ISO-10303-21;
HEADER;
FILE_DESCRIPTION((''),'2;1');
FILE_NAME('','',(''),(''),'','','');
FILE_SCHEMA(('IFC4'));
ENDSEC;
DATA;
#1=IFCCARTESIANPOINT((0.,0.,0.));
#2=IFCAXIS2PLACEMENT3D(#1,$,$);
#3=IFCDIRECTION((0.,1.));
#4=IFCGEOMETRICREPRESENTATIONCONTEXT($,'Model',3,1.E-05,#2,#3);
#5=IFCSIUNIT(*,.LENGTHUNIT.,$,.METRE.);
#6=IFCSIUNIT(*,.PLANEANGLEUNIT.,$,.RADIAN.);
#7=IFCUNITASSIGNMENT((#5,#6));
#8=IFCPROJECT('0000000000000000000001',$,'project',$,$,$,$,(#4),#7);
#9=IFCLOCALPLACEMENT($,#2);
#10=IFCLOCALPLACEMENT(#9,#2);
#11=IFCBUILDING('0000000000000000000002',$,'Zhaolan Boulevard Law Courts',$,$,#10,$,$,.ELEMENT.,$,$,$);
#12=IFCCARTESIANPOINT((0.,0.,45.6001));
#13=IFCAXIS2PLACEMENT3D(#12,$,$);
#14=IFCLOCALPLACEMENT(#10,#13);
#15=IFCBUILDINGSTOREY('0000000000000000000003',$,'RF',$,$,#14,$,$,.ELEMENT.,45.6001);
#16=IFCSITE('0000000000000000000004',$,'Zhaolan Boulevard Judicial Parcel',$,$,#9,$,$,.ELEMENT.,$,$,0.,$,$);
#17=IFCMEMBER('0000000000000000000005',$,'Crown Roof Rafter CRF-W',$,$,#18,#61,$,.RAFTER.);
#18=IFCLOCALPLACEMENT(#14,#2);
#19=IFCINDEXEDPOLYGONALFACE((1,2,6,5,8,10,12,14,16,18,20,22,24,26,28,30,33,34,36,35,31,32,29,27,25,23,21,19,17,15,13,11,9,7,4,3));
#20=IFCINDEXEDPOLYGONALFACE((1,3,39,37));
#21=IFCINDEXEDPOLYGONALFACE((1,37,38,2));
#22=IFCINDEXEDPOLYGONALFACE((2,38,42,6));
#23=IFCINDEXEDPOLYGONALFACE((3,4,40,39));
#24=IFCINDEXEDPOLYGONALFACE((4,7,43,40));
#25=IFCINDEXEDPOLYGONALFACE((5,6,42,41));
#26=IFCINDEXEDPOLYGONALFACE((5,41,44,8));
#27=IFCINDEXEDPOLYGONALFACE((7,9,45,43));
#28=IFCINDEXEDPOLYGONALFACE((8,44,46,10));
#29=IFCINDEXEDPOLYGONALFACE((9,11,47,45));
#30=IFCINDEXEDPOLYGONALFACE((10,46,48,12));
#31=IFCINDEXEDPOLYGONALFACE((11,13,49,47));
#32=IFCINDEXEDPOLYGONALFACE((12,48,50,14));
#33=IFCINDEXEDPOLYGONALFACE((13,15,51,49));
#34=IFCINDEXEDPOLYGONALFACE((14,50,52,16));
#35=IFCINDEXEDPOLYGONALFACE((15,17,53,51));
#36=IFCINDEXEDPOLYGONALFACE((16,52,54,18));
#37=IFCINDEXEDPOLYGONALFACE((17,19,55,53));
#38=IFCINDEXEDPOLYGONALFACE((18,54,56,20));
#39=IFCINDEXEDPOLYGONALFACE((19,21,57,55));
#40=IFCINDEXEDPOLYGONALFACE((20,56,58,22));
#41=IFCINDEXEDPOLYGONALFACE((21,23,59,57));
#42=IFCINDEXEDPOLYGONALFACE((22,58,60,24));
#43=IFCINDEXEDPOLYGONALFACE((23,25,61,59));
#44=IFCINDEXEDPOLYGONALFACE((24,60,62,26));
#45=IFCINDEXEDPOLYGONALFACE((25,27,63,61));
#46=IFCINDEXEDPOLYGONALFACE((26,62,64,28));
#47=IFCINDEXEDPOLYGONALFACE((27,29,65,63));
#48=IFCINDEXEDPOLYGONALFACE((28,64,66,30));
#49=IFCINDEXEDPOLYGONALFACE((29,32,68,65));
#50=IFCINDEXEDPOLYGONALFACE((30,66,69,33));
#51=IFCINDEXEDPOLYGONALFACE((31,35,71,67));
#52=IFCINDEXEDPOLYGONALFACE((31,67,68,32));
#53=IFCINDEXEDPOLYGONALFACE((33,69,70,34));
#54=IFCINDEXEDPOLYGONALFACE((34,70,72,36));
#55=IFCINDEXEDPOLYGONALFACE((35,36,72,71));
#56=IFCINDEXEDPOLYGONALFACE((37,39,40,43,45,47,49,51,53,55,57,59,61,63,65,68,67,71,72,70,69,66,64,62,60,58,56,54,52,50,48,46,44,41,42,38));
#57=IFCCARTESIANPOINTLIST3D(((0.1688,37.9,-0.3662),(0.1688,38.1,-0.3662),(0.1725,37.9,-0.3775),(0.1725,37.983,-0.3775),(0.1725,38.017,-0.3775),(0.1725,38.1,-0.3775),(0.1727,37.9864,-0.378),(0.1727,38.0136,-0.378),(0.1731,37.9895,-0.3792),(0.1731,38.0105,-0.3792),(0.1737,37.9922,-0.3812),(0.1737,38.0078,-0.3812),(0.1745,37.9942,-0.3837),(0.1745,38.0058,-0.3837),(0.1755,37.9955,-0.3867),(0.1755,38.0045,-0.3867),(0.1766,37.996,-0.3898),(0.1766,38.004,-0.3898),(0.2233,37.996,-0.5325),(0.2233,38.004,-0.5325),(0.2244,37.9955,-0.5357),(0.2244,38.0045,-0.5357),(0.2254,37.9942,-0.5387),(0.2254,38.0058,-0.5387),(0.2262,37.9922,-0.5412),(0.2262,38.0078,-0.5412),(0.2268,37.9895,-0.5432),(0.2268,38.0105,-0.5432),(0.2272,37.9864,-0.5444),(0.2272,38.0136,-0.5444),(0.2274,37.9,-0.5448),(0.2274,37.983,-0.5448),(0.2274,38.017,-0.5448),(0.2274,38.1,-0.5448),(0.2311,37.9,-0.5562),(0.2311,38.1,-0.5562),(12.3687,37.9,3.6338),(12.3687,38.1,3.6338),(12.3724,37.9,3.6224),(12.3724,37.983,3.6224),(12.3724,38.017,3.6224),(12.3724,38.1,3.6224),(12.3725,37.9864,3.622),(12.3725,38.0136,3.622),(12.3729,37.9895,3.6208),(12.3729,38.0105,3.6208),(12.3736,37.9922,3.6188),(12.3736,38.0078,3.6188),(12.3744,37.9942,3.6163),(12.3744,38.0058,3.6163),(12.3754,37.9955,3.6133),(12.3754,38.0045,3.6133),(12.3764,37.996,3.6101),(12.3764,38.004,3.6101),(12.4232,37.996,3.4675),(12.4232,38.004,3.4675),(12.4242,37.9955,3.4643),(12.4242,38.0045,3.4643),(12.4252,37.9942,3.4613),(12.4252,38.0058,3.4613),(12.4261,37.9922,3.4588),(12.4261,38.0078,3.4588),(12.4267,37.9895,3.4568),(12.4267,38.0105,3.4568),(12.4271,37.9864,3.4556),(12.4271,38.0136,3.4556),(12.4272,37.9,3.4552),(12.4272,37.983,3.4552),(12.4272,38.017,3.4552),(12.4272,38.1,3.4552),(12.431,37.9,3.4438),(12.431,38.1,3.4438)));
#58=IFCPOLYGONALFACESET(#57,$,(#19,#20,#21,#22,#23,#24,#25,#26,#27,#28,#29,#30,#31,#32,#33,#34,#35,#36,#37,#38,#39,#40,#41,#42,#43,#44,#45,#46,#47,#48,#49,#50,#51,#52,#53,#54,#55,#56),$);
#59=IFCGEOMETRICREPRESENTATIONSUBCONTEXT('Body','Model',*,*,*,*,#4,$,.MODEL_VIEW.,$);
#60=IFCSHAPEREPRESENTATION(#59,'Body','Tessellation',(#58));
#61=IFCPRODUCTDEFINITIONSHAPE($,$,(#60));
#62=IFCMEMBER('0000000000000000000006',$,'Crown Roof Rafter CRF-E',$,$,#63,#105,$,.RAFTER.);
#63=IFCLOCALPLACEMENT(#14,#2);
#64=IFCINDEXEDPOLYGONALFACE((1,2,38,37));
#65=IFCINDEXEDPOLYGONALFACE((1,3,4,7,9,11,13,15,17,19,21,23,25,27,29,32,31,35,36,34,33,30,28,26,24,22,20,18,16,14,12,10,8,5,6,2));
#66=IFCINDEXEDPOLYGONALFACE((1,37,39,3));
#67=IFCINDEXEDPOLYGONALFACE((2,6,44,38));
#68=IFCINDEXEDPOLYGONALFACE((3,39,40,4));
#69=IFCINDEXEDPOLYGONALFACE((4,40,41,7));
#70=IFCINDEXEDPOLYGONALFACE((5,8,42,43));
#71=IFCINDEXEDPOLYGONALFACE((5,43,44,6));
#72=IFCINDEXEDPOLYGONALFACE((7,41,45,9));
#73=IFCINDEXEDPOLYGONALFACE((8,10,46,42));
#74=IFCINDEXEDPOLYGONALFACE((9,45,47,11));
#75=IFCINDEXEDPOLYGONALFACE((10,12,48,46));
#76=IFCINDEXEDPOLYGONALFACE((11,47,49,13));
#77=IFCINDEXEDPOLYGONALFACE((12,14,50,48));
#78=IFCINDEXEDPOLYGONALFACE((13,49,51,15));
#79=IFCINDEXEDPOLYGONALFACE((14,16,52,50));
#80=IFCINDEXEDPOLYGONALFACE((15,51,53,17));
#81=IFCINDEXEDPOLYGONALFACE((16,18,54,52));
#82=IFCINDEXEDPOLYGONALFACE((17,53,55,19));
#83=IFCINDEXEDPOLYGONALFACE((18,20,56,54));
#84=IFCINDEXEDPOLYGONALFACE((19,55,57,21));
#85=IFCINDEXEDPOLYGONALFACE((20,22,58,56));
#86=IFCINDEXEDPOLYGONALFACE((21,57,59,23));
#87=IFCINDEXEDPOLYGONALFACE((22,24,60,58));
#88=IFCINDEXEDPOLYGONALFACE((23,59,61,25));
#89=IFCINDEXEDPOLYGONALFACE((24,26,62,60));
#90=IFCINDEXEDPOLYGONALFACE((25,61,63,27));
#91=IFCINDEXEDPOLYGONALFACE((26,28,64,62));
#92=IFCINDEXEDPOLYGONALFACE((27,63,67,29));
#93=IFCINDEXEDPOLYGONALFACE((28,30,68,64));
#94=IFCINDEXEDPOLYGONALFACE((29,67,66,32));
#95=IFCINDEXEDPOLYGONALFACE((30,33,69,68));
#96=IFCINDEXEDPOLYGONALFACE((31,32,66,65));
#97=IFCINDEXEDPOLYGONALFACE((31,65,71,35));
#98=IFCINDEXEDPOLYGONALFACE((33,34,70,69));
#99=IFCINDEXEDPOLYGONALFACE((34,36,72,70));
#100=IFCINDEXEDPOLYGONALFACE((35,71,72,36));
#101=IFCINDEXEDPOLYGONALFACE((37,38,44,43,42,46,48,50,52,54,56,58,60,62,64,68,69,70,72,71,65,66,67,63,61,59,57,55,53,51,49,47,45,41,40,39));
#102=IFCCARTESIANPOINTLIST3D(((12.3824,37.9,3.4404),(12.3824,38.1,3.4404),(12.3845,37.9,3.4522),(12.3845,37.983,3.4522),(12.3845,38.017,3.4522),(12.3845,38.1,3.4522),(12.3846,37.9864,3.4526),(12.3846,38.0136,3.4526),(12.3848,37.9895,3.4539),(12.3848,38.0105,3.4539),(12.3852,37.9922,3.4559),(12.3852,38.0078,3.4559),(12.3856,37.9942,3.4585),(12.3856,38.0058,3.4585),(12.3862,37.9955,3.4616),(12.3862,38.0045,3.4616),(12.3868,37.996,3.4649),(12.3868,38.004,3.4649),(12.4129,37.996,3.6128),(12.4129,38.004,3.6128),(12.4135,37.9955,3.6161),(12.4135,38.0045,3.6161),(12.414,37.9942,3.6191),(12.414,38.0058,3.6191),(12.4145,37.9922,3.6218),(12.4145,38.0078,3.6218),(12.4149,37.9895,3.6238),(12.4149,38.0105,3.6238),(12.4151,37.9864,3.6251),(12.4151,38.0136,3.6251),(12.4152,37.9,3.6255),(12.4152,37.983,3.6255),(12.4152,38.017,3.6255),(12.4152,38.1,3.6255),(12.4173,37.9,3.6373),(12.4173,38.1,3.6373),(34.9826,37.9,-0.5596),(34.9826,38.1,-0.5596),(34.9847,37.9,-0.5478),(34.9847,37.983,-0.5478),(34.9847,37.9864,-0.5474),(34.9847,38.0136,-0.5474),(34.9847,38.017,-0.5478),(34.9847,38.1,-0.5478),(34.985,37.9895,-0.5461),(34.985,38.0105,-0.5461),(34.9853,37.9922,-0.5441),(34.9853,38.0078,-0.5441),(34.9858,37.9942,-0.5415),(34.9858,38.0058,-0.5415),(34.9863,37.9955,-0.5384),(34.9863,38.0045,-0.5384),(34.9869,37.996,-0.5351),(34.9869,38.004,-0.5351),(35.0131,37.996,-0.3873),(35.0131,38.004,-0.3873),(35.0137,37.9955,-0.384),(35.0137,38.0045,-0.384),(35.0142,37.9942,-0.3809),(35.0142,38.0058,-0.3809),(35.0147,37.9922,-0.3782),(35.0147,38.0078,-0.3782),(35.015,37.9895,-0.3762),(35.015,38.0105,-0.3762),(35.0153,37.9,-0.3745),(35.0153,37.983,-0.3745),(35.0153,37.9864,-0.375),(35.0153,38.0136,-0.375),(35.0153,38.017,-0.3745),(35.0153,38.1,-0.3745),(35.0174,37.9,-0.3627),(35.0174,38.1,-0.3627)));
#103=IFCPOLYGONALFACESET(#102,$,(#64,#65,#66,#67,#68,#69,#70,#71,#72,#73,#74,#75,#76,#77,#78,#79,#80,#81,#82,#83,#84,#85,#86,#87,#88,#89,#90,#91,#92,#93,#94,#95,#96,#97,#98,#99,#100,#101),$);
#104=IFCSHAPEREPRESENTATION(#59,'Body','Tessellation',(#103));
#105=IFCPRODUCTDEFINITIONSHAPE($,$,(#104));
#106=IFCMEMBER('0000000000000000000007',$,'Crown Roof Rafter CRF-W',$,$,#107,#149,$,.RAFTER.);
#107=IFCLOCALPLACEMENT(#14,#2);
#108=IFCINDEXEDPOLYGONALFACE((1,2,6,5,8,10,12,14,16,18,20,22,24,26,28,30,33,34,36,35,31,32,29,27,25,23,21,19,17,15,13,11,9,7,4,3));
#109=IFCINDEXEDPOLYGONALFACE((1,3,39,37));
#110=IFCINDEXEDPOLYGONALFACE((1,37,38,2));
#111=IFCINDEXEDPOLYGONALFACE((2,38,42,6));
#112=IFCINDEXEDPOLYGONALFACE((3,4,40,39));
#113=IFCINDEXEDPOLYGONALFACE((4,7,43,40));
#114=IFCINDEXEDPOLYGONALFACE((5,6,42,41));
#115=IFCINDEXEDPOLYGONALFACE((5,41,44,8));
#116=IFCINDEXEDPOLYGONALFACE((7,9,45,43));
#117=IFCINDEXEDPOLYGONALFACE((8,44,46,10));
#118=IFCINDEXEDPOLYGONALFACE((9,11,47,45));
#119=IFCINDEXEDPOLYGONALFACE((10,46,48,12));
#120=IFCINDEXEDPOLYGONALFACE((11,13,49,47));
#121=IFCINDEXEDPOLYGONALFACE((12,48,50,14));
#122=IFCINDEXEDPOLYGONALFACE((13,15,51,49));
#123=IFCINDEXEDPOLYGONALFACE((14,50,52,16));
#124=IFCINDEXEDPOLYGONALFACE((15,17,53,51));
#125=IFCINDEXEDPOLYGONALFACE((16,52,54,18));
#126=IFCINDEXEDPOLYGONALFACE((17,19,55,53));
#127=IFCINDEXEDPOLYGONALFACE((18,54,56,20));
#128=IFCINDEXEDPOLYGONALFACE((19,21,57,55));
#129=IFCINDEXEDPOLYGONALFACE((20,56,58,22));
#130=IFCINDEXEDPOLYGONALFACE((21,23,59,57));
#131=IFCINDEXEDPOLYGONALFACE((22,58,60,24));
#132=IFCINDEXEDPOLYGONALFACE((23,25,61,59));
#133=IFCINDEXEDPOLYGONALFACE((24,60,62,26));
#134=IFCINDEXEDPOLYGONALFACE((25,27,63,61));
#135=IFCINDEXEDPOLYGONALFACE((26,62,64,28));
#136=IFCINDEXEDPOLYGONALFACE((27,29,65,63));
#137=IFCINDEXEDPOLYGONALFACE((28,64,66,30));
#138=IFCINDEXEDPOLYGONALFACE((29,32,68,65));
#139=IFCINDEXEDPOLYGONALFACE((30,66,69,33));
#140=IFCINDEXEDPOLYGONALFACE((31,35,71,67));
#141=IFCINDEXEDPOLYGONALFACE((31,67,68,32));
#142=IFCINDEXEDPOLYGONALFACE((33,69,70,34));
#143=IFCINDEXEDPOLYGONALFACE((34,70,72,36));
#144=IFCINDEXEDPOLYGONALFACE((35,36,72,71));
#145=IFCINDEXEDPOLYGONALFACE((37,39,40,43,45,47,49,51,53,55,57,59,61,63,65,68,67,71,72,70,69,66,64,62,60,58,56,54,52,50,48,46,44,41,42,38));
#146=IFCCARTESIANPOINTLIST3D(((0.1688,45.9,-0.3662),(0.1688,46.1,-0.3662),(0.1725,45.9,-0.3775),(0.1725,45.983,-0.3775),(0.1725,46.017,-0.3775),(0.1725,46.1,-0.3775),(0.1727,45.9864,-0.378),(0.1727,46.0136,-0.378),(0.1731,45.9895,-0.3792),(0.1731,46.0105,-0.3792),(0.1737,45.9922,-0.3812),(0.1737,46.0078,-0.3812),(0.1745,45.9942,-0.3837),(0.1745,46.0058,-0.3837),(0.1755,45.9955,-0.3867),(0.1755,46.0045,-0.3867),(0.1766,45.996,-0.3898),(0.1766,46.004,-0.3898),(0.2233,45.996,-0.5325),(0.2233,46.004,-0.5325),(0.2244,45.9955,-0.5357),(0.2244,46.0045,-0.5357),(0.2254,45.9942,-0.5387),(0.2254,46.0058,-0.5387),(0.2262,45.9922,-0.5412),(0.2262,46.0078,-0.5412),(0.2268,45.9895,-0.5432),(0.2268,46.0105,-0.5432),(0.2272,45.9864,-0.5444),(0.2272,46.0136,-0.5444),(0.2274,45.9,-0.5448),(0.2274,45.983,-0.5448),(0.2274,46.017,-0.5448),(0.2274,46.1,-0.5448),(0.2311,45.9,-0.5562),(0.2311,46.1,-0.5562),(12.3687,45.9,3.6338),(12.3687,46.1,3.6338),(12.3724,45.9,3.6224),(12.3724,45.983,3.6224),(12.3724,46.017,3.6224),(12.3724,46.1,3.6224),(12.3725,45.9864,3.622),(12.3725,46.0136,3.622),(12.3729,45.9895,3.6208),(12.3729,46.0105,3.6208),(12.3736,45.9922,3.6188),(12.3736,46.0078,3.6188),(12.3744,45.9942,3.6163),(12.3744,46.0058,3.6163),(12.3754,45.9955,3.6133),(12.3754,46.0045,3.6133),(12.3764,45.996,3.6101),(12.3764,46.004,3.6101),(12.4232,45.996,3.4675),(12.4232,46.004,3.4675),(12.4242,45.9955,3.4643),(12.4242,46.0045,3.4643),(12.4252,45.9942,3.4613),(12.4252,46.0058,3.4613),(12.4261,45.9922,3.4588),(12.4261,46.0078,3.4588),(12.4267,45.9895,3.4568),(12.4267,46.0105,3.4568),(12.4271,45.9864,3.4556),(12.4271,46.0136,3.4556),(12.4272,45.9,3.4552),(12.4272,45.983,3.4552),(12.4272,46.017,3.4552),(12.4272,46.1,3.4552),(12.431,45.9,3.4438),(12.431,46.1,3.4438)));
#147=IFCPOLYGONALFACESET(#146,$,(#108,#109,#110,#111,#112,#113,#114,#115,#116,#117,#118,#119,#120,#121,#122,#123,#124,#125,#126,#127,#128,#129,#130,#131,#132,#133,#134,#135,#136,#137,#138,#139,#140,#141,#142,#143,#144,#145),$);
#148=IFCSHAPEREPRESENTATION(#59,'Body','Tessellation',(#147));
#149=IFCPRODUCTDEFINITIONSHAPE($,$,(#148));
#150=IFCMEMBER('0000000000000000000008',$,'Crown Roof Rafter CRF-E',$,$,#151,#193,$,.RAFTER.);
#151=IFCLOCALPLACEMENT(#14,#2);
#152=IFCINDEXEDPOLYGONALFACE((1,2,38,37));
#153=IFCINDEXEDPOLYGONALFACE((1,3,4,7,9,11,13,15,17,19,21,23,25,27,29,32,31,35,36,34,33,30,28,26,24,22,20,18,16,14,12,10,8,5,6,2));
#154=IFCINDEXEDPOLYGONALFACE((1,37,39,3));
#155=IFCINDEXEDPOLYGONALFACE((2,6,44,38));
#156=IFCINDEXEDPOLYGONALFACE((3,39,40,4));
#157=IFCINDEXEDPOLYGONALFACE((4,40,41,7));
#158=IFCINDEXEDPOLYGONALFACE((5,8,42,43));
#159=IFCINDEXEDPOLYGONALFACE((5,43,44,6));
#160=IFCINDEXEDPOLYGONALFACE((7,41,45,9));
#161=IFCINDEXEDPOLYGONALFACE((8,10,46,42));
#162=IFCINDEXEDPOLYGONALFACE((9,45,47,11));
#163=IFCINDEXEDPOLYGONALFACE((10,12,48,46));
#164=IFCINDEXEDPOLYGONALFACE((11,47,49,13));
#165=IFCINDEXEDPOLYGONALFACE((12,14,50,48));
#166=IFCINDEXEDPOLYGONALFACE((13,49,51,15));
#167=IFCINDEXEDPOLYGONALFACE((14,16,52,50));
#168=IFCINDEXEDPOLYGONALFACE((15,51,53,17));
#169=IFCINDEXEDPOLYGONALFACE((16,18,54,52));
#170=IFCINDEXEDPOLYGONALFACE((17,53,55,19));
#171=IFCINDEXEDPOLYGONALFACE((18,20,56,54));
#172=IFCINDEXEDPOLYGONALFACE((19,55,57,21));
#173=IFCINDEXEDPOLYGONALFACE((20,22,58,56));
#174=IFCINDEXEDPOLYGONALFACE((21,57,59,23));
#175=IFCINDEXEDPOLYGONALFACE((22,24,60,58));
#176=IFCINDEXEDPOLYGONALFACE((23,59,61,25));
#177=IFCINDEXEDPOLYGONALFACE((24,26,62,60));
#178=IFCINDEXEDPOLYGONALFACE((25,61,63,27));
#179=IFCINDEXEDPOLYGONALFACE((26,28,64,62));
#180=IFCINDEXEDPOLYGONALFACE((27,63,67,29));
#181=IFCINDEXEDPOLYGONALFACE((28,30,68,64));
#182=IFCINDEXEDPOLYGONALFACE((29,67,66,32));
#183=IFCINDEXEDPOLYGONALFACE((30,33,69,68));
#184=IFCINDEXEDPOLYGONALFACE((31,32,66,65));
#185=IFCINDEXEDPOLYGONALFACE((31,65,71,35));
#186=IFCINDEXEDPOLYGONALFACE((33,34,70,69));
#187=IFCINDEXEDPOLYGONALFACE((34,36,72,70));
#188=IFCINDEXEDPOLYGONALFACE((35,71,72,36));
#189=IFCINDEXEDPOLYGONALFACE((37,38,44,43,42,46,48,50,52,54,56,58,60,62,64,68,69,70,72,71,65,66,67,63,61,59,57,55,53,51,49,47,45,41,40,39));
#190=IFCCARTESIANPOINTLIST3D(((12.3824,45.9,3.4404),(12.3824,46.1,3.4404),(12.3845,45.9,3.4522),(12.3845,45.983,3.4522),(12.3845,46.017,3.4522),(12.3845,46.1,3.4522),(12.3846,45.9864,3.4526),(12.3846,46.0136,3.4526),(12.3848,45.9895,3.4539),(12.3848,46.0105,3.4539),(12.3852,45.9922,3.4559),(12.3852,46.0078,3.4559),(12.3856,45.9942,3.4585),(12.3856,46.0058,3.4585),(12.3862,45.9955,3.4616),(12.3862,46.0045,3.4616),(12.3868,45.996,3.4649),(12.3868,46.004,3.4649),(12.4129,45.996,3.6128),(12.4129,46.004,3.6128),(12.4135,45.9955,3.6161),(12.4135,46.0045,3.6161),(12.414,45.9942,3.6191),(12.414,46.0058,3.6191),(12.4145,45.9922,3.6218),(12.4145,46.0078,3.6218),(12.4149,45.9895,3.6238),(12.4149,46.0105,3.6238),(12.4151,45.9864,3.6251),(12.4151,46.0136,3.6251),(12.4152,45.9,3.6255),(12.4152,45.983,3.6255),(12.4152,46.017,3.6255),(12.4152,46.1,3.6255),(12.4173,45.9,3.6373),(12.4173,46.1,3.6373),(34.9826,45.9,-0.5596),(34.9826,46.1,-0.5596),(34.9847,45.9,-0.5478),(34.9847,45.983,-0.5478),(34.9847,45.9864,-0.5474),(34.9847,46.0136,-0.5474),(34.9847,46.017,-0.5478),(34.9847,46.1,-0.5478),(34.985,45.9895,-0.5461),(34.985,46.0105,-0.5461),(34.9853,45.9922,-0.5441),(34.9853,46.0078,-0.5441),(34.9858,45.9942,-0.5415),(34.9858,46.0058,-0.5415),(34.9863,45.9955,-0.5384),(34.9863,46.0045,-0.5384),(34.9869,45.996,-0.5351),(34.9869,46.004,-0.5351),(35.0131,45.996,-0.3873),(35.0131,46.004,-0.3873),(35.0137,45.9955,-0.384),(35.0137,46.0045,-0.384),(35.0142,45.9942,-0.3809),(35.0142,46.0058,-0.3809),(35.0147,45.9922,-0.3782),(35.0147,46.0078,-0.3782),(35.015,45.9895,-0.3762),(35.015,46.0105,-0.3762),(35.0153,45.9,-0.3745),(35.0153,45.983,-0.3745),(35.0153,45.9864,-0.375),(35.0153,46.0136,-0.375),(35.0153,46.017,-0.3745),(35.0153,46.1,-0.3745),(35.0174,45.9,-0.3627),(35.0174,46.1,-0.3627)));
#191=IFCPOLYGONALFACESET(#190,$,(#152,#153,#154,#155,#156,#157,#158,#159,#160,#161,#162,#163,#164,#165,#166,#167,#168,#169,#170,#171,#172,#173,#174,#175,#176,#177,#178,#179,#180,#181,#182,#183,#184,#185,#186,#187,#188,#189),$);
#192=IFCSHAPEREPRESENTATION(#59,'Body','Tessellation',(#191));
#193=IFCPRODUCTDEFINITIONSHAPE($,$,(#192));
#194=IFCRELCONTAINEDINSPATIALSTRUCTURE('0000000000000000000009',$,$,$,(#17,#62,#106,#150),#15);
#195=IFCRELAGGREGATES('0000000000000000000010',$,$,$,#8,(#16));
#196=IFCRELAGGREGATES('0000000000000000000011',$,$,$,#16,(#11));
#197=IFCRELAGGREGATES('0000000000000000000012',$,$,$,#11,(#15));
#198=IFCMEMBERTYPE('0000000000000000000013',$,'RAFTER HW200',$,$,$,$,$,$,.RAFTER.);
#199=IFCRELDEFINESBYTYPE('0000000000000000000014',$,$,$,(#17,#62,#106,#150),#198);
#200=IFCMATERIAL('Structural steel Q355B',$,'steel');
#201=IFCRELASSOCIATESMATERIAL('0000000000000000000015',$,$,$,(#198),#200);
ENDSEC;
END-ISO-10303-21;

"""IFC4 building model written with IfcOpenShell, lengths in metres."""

from ifc_helpers import new_model, si_unit, direction, frame, origin, origin_2d, place, context, subcontext, project, spatial, i_section, extrude, material, material_profile, profile_set, type_object, element, save


model = new_model("IFC4")

# Units and contexts
model_context = context("Model", 3, precision=1e-05, world=origin(), true_north=direction((0.0, 1.0)))
body_context = subcontext(model_context, "Body", "Model", "MODEL_VIEW")
ifc_project = project(units=[si_unit("LENGTHUNIT", "METRE"), si_unit("PLANEANGLEUNIT", "RADIAN")], contexts=[model_context])

# Site, building, storey
site_placement = place(None, origin())
site = spatial("IfcSite", under=ifc_project, at=site_placement, Name="Zhaolan Boulevard Judicial Parcel", CompositionType="ELEMENT", RefElevation=0.0)
building_placement = place(site_placement, origin())
building = spatial("IfcBuilding", under=site, at=building_placement, Name="Zhaolan Boulevard Law Courts", CompositionType="ELEMENT")
storey_placement = place(building_placement, frame((0.0, 0.0, 45.6001)))
storey = spatial("IfcBuildingStorey", under=building, at=storey_placement, Name="RF", CompositionType="ELEMENT", Elevation=45.6001)

# Members
ifc_material_1 = material(Name="Structural steel Q355B", Category="steel")
ifc_material_profile = material_profile(ifc_material_1, i_section(OverallWidth=0.2, OverallDepth=0.2, WebThickness=0.0081, FlangeThickness=0.012, FilletRadius=0.0129, at=origin_2d()), Name="HW200x200")
ifc_profile_set = profile_set([ifc_material_profile], Name="Structural steel Q355B")
member_type = type_object("IfcMemberType", Name="RAFTER HW200", PredefinedType="RAFTER", material=ifc_profile_set)
member_1_placement = place(storey_placement, frame((0.2, 38.0, -0.4612), z_axis=(0.950229, 0.0, 0.311552), x_axis=(0.0, 1.0, 0.0)))
element("IfcMember", 1, at=member_1_placement, inside=storey, type_object=member_type, Name="Crown Roof Rafter CRF-W", PredefinedType="RAFTER", context=body_context, shape_type="SweptSolid", body=[
    extrude(i_section(OverallWidth=0.2, OverallDepth=0.2, WebThickness=0.0081, FlangeThickness=0.012, FilletRadius=0.0129, at=origin_2d()), origin(), (0.0, 0.0, 1.0), 12.8389),
])
member_2_placement = place(storey_placement, frame((35.0, 38.0, -0.4612), z_axis=(-0.984696, 0.0, 0.174282), x_axis=(0.0, -1.0, 0.0)))
element("IfcMember", 2, at=member_2_placement, inside=storey, type_object=member_type, Name="Crown Roof Rafter CRF-E", PredefinedType="RAFTER", context=body_context, shape_type="SweptSolid", body=[
    extrude(i_section(OverallWidth=0.2, OverallDepth=0.2, WebThickness=0.0081, FlangeThickness=0.012, FilletRadius=0.0129, at=origin_2d()), origin(), (0.0, 0.0, 1.0), 22.9514),
])
member_3_placement = place(storey_placement, frame((0.2, 46.0, -0.4612), z_axis=(0.950229, 0.0, 0.311552), x_axis=(0.0, 1.0, 0.0)))
element("IfcMember", 3, at=member_3_placement, inside=storey, type_object=member_type, Name="Crown Roof Rafter CRF-W", PredefinedType="RAFTER", context=body_context, shape_type="SweptSolid", body=[
    extrude(i_section(OverallWidth=0.2, OverallDepth=0.2, WebThickness=0.0081, FlangeThickness=0.012, FilletRadius=0.0129, at=origin_2d()), origin(), (0.0, 0.0, 1.0), 12.8389),
])
member_4_placement = place(storey_placement, frame((35.0, 46.0, -0.4612), z_axis=(-0.984696, 0.0, 0.174282), x_axis=(0.0, -1.0, 0.0)))
element("IfcMember", 4, at=member_4_placement, inside=storey, type_object=member_type, Name="Crown Roof Rafter CRF-E", PredefinedType="RAFTER", context=body_context, shape_type="SweptSolid", body=[
    extrude(i_section(OverallWidth=0.2, OverallDepth=0.2, WebThickness=0.0081, FlangeThickness=0.012, FilletRadius=0.0129, at=origin_2d()), origin(), (0.0, 0.0, 1.0), 22.9514),
])

save(model, "model.ifc")
